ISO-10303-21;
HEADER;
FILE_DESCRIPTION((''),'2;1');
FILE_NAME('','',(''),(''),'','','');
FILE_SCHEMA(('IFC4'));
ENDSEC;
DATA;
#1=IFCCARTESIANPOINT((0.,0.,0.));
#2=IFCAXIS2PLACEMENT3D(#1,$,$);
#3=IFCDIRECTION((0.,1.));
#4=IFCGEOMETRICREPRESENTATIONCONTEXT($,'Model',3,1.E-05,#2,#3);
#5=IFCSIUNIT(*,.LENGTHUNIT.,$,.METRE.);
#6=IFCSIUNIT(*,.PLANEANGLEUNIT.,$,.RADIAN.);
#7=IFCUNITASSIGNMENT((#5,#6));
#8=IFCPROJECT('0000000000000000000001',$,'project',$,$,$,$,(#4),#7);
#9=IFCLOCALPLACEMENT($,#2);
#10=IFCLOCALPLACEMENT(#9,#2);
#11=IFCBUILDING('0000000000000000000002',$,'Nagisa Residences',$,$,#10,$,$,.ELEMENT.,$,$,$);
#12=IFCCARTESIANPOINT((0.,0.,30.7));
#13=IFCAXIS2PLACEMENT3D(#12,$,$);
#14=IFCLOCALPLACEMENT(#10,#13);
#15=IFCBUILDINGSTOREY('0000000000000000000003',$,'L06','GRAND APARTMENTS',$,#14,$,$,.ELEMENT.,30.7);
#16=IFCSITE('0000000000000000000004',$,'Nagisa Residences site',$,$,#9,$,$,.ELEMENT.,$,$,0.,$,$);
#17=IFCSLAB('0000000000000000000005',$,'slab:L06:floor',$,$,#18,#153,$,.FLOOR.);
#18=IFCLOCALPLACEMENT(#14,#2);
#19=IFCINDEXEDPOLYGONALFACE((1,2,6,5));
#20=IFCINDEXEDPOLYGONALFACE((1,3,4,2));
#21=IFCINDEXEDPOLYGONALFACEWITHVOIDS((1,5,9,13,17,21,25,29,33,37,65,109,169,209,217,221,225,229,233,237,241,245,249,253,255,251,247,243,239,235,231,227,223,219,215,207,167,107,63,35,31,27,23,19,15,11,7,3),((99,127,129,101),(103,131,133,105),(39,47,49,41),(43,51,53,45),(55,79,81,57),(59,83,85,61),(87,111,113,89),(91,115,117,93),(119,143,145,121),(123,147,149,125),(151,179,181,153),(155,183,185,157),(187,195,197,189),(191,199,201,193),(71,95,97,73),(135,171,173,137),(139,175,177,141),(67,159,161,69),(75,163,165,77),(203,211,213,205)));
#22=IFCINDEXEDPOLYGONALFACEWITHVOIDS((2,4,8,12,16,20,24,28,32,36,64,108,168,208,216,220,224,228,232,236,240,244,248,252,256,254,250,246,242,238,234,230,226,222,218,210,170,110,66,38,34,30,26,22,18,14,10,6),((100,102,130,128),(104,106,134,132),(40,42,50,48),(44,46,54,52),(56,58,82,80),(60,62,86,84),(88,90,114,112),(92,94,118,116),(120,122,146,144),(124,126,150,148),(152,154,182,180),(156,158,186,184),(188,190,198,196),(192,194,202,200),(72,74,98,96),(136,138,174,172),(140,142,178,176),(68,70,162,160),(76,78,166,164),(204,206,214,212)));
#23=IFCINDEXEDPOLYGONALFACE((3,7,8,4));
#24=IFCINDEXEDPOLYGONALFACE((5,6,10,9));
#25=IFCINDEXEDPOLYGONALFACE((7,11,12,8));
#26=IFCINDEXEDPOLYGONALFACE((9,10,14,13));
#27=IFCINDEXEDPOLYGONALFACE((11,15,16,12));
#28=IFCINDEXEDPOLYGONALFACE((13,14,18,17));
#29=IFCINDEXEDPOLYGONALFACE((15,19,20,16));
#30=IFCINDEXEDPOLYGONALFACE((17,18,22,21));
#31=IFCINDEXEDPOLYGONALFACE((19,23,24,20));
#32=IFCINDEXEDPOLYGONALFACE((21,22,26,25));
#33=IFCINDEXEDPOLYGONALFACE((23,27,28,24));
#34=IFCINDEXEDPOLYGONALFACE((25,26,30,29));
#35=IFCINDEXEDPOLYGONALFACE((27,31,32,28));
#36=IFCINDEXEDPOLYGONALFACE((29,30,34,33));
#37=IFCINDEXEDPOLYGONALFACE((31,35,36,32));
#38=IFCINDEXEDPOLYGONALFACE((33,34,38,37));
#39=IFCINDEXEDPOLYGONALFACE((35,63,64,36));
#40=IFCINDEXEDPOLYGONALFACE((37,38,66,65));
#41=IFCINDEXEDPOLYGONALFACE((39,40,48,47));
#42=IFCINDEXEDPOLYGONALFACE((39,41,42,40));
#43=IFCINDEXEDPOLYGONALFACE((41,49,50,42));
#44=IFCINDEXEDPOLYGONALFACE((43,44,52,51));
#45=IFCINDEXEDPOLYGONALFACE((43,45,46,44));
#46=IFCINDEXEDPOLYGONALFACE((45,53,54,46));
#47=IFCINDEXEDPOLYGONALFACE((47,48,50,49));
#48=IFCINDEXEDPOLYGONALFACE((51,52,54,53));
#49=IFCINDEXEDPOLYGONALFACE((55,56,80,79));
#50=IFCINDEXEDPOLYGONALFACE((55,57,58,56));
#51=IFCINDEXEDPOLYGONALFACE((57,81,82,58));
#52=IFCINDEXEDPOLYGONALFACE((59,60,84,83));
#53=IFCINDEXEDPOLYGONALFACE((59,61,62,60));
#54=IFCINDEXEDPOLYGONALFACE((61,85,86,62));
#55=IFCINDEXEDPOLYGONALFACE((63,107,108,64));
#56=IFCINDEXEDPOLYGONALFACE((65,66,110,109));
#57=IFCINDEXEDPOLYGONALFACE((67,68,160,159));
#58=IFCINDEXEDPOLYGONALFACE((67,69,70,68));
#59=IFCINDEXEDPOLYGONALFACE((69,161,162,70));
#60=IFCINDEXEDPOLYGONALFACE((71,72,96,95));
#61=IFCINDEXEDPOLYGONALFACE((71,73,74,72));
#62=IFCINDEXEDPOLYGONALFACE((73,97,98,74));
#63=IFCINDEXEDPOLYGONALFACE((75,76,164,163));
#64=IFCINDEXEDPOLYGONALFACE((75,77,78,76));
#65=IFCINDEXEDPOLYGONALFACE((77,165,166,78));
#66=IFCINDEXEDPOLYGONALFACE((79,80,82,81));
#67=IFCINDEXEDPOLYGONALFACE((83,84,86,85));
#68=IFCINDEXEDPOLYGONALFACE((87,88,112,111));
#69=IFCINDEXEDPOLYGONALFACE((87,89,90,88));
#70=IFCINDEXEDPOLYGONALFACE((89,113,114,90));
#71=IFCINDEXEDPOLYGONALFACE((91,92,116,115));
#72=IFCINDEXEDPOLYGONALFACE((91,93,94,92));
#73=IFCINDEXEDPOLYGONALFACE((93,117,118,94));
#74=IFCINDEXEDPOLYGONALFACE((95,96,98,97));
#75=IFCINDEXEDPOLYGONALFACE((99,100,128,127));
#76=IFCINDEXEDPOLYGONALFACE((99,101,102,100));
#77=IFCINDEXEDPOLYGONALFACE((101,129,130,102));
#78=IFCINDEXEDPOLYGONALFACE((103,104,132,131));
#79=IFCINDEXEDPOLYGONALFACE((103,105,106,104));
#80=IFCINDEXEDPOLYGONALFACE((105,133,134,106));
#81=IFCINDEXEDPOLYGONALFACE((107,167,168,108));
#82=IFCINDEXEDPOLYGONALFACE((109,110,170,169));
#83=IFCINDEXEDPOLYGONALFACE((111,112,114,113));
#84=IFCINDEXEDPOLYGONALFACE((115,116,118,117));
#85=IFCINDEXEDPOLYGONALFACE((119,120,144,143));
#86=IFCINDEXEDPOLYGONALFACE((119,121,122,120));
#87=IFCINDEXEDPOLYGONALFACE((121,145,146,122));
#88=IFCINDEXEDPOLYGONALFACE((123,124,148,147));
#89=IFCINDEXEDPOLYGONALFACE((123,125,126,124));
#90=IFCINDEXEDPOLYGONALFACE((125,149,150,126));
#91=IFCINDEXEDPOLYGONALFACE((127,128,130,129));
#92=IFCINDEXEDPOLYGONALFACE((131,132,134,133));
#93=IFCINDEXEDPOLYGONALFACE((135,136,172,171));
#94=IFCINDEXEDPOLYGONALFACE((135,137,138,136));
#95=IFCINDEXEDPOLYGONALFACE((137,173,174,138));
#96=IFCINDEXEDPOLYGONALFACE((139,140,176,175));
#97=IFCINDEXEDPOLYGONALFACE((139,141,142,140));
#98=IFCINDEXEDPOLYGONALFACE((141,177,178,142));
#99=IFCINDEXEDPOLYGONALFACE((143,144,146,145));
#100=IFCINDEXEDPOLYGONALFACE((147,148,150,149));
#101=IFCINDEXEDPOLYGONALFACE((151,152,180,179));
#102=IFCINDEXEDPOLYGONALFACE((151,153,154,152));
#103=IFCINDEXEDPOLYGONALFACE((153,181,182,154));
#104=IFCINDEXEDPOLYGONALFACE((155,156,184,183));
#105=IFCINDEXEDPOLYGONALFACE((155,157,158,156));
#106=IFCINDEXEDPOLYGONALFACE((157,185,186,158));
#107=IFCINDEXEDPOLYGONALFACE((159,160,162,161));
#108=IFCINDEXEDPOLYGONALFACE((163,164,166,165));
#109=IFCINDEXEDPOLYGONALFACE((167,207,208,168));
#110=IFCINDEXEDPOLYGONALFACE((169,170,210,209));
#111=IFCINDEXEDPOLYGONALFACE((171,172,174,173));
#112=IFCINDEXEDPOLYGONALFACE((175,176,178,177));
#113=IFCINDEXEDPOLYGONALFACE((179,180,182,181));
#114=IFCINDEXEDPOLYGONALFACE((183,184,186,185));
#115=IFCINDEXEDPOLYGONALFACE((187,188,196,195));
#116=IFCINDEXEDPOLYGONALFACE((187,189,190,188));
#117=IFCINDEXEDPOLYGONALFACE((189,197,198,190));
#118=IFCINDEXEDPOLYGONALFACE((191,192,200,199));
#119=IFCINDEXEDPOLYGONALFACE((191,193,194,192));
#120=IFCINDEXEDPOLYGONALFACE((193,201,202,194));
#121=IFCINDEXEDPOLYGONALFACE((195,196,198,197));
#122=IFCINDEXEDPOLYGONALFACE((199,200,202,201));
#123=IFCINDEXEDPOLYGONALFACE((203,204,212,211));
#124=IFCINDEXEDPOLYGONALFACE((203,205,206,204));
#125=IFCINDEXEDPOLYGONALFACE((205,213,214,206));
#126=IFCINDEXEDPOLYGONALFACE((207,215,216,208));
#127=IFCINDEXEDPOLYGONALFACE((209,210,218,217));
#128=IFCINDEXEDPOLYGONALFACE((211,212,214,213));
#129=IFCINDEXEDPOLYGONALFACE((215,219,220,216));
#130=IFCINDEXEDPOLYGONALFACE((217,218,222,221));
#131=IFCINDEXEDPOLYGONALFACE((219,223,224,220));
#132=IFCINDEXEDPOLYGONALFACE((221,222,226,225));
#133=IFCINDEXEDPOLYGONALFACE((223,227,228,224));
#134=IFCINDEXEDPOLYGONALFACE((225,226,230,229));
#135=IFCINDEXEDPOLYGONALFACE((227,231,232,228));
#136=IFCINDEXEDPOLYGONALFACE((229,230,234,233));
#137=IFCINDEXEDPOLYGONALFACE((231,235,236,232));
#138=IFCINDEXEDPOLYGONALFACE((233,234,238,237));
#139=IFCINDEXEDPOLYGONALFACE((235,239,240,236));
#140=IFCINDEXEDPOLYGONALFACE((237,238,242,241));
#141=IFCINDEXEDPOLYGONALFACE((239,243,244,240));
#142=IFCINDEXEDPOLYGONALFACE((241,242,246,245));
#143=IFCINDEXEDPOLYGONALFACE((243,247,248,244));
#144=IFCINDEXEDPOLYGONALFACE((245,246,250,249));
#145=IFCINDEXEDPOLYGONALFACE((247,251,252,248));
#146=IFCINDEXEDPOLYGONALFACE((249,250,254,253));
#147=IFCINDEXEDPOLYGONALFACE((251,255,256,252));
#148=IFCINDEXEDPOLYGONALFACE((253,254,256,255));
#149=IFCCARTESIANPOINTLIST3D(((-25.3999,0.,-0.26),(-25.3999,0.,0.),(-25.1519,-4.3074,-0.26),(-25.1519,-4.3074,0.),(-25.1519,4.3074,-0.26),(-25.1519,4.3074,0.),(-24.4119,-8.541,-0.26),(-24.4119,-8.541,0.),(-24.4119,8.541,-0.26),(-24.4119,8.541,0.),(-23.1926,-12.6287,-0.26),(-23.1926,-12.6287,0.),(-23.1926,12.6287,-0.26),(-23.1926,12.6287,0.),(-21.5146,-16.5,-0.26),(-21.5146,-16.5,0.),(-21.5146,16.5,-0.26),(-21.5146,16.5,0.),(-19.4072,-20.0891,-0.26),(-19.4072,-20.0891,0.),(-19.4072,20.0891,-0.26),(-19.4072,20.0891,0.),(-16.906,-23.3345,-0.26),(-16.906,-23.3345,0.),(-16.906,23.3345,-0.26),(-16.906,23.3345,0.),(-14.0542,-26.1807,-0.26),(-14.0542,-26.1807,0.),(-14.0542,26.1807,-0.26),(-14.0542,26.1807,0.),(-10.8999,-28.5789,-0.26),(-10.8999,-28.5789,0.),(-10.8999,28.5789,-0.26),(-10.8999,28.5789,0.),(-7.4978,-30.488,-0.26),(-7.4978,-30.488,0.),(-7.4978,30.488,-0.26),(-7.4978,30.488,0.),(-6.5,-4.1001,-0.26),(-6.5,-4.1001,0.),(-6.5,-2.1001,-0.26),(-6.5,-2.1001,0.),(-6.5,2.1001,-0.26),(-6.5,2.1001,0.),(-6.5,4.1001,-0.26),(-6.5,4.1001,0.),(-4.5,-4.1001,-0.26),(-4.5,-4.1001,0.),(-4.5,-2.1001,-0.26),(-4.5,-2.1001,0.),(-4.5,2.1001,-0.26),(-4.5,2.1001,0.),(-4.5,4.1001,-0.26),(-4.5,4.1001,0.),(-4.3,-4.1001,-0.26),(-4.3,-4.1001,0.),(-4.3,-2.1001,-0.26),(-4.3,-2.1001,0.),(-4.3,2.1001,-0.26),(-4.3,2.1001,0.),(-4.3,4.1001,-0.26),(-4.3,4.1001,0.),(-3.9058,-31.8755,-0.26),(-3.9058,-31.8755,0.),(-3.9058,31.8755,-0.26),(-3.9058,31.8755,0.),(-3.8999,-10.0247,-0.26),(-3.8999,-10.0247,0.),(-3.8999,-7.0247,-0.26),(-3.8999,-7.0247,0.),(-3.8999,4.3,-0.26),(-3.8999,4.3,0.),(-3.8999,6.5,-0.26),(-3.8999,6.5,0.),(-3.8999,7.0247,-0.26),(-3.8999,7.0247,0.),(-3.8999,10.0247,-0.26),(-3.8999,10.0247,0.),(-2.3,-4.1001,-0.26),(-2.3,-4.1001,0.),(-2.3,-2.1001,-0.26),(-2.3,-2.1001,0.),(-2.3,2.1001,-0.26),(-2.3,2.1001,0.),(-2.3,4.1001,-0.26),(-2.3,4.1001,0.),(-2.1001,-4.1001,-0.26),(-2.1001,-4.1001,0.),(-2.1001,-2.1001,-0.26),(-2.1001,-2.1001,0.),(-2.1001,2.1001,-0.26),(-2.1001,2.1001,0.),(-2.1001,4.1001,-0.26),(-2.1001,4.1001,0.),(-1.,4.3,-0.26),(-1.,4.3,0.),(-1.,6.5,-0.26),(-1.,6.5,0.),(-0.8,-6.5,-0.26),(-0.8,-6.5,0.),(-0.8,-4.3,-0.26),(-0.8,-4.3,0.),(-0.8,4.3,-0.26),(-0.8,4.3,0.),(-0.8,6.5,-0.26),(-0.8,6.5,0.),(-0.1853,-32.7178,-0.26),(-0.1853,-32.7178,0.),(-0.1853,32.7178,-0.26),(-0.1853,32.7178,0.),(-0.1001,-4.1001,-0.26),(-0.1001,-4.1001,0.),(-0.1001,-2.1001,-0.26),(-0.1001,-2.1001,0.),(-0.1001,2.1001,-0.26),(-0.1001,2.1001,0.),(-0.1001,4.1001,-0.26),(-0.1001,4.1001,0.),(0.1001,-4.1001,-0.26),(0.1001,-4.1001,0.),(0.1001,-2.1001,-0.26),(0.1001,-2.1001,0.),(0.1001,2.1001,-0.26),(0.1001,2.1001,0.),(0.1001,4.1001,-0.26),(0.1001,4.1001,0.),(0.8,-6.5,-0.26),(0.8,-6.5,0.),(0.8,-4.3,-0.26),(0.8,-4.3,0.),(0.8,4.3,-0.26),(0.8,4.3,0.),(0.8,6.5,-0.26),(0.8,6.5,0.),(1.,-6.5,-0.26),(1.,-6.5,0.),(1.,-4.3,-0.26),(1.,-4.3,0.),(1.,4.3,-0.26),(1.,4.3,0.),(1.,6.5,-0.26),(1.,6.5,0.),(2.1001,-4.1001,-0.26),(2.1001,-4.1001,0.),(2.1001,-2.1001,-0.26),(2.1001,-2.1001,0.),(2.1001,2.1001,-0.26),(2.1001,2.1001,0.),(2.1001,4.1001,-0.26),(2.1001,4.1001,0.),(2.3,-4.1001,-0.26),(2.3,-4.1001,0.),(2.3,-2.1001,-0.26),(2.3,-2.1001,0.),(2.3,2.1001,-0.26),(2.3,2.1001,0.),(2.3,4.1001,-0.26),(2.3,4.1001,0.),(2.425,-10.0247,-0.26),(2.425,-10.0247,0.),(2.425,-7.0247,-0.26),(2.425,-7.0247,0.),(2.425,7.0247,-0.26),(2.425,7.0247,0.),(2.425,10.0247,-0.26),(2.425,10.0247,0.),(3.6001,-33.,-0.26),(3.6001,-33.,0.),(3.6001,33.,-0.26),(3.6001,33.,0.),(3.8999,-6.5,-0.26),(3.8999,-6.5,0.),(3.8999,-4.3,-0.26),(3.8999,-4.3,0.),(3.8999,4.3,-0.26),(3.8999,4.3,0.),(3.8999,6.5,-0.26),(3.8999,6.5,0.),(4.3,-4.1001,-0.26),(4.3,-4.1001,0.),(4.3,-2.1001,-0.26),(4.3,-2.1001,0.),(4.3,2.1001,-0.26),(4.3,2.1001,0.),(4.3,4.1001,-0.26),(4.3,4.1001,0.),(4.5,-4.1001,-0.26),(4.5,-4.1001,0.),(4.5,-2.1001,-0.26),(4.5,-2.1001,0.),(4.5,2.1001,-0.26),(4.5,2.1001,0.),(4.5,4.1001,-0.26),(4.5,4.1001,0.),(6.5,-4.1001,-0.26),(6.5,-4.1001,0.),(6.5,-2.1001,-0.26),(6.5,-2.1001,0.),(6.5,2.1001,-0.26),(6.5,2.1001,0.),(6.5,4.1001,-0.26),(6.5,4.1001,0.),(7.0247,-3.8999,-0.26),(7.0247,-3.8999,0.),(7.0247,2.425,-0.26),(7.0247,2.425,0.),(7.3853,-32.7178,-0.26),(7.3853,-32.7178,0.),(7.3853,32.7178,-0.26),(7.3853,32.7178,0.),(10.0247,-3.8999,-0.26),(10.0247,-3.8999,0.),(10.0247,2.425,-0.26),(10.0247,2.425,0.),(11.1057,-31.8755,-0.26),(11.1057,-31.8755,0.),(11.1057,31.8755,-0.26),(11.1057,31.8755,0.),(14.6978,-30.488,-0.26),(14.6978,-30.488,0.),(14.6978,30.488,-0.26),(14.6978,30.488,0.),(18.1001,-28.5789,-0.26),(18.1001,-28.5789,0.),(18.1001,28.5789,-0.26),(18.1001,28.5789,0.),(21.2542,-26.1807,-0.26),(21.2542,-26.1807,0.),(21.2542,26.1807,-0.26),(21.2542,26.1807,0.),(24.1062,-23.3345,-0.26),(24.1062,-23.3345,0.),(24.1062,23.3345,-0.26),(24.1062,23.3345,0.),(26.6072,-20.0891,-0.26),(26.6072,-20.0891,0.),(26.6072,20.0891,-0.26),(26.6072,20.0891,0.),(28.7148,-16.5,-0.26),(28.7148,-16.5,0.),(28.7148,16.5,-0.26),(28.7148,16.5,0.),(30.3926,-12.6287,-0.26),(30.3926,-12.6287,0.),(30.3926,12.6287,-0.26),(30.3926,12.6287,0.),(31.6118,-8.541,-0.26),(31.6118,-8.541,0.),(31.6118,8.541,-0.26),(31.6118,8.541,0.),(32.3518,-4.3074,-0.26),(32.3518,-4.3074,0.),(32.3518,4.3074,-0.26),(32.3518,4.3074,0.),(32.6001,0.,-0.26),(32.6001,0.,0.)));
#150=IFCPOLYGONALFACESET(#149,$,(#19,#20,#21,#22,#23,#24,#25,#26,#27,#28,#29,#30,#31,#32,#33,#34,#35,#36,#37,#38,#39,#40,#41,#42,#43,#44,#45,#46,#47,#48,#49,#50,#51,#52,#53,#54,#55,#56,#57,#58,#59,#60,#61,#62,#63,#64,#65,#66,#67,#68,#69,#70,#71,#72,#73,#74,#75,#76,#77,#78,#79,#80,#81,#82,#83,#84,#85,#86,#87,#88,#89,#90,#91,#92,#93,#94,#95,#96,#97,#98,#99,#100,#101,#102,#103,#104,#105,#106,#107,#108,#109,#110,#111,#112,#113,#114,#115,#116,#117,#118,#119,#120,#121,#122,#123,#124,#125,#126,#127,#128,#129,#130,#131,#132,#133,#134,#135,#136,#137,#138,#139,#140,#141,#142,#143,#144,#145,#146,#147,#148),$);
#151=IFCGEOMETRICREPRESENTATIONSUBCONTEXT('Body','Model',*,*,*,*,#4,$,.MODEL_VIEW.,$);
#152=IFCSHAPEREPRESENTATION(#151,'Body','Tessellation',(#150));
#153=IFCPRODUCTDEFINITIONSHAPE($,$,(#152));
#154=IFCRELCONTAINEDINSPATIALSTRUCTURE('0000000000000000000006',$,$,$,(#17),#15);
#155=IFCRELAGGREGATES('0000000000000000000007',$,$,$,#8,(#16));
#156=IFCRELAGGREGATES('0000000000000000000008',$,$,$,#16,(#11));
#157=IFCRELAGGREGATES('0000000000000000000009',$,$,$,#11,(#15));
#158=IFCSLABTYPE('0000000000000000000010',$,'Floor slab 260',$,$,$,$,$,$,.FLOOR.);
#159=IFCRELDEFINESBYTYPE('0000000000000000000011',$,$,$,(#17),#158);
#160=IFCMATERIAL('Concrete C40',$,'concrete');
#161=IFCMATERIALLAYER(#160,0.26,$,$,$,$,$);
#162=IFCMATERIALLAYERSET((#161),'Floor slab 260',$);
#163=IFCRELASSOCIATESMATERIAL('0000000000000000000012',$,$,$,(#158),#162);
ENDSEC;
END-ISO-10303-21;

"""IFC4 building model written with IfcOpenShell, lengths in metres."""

from ifc_helpers import new_model, si_unit, direction, frame, origin, place, context, subcontext, project, spatial, polyline, outline, extrude, material, layer, layer_set, type_object, element, save


model = new_model("IFC4")

# Units and contexts
model_context = context("Model", 3, precision=1e-05, world=origin(), true_north=direction((0.0, 1.0)))
body_context = subcontext(model_context, "Body", "Model", "MODEL_VIEW")
ifc_project = project(units=[si_unit("LENGTHUNIT", "METRE"), si_unit("PLANEANGLEUNIT", "RADIAN")], contexts=[model_context])

# Site, building, storey
site_placement = place(None, origin())
site = spatial("IfcSite", under=ifc_project, at=site_placement, Name="Nagisa Residences site", CompositionType="ELEMENT", RefElevation=0.0)
building_placement = place(site_placement, origin())
building = spatial("IfcBuilding", under=site, at=building_placement, Name="Nagisa Residences", CompositionType="ELEMENT")
storey_placement = place(building_placement, frame((0.0, 0.0, 30.7)))
storey = spatial("IfcBuildingStorey", under=building, at=storey_placement, Name="L06", Description="GRAND APARTMENTS", CompositionType="ELEMENT", Elevation=30.7)

# Slab
ifc_material_1 = material(Name="Concrete C40", Category="concrete")
ifc_layer_1 = layer(ifc_material_1, 0.26)
ifc_layer_set_1 = layer_set([ifc_layer_1], Name="Floor slab 260")
slab_type_1 = type_object("IfcSlabType", Name="Floor slab 260", PredefinedType="FLOOR", material=ifc_layer_set_1)
slab_1_placement = place(storey_placement, frame((0.0, 0.0, -0.26)))
element("IfcSlab", 1, at=slab_1_placement, inside=storey, type_object=slab_type_1, Name="slab:L06:floor", PredefinedType="FLOOR", context=body_context, shape_type="SweptSolid", body=[
    extrude(outline(polyline([(32.6001, 0.0), (32.3518, 4.3074), (31.6118, 8.541), (30.3926, 12.6287), (28.7148, 16.5), (26.6072, 20.0891), (24.1062, 23.3345), (21.2542, 26.1807), (18.1001, 28.5789), (14.6978, 30.488), (11.1057, 31.8755), (7.3853, 32.7178), (3.6001, 33.0), (-0.1853, 32.7178), (-3.9058, 31.8755), (-7.4978, 30.488), (-10.8999, 28.5789), (-14.0542, 26.1807), (-16.906, 23.3345), (-19.4072, 20.0891), (-21.5146, 16.5), (-23.1926, 12.6287), (-24.4119, 8.541), (-25.1519, 4.3074), (-25.3999, 0.0), (-25.1519, -4.3074), (-24.4119, -8.541), (-23.1926, -12.6287), (-21.5146, -16.5), (-19.4072, -20.0891), (-16.906, -23.3345), (-14.0542, -26.1807), (-10.8999, -28.5789), (-7.4978, -30.488), (-3.9058, -31.8755), (-0.1853, -32.7178), (3.6001, -33.0), (7.3853, -32.7178), (11.1057, -31.8755), (14.6978, -30.488), (18.1001, -28.5789), (21.2542, -26.1807), (24.1062, -23.3345), (26.6072, -20.0891), (28.7148, -16.5), (30.3926, -12.6287), (31.6118, -8.541), (32.3518, -4.3074), (32.6001, 0.0)]), holes=[polyline([(-4.5, 2.1001), (-4.5, 4.1001), (-6.5, 4.1001), (-6.5, 2.1001), (-4.5, 2.1001)]), polyline([(-2.3, 2.1001), (-2.3, 4.1001), (-4.3, 4.1001), (-4.3, 2.1001), (-2.3, 2.1001)]), polyline([(-0.1001, 2.1001), (-0.1001, 4.1001), (-2.1001, 4.1001), (-2.1001, 2.1001), (-0.1001, 2.1001)]), polyline([(2.1001, 2.1001), (2.1001, 4.1001), (0.1001, 4.1001), (0.1001, 2.1001), (2.1001, 2.1001)]), polyline([(4.3, 2.1001), (4.3, 4.1001), (2.3, 4.1001), (2.3, 2.1001), (4.3, 2.1001)]), polyline([(6.5, 2.1001), (6.5, 4.1001), (4.5, 4.1001), (4.5, 2.1001), (6.5, 2.1001)]), polyline([(-4.5, -4.1001), (-4.5, -2.1001), (-6.5, -2.1001), (-6.5, -4.1001), (-4.5, -4.1001)]), polyline([(-2.3, -4.1001), (-2.3, -2.1001), (-4.3, -2.1001), (-4.3, -4.1001), (-2.3, -4.1001)]), polyline([(-0.1001, -4.1001), (-0.1001, -2.1001), (-2.1001, -2.1001), (-2.1001, -4.1001), (-0.1001, -4.1001)]), polyline([(2.1001, -4.1001), (2.1001, -2.1001), (0.1001, -2.1001), (0.1001, -4.1001), (2.1001, -4.1001)]), polyline([(4.3, -4.1001), (4.3, -2.1001), (2.3, -2.1001), (2.3, -4.1001), (4.3, -4.1001)]), polyline([(6.5, -4.1001), (6.5, -2.1001), (4.5, -2.1001), (4.5, -4.1001), (6.5, -4.1001)]), polyline([(3.8999, 4.3), (3.8999, 6.5), (1.0, 6.5), (1.0, 4.3), (3.8999, 4.3)]), polyline([(3.8999, -6.5), (3.8999, -4.3), (1.0, -4.3), (1.0, -6.5), (3.8999, -6.5)]), polyline([(-1.0, 4.3), (-1.0, 6.5), (-3.8999, 6.5), (-3.8999, 4.3), (-1.0, 4.3)]), polyline([(0.8, 4.3), (0.8, 6.5), (-0.8, 6.5), (-0.8, 4.3), (0.8, 4.3)]), polyline([(0.8, -6.5), (0.8, -4.3), (-0.8, -4.3), (-0.8, -6.5), (0.8, -6.5)]), polyline([(10.0247, -3.8999), (7.0247, -3.8999), (7.0247, 2.425), (10.0247, 2.425), (10.0247, -3.8999)]), polyline([(-3.8999, 7.0247), (-3.8999, 10.0247), (2.425, 10.0247), (2.425, 7.0247), (-3.8999, 7.0247)]), polyline([(-3.8999, -10.0247), (-3.8999, -7.0247), (2.425, -7.0247), (2.425, -10.0247), (-3.8999, -10.0247)])]), origin(), (0.0, 0.0, 1.0), 0.26),
])

save(model, "model.ifc")
